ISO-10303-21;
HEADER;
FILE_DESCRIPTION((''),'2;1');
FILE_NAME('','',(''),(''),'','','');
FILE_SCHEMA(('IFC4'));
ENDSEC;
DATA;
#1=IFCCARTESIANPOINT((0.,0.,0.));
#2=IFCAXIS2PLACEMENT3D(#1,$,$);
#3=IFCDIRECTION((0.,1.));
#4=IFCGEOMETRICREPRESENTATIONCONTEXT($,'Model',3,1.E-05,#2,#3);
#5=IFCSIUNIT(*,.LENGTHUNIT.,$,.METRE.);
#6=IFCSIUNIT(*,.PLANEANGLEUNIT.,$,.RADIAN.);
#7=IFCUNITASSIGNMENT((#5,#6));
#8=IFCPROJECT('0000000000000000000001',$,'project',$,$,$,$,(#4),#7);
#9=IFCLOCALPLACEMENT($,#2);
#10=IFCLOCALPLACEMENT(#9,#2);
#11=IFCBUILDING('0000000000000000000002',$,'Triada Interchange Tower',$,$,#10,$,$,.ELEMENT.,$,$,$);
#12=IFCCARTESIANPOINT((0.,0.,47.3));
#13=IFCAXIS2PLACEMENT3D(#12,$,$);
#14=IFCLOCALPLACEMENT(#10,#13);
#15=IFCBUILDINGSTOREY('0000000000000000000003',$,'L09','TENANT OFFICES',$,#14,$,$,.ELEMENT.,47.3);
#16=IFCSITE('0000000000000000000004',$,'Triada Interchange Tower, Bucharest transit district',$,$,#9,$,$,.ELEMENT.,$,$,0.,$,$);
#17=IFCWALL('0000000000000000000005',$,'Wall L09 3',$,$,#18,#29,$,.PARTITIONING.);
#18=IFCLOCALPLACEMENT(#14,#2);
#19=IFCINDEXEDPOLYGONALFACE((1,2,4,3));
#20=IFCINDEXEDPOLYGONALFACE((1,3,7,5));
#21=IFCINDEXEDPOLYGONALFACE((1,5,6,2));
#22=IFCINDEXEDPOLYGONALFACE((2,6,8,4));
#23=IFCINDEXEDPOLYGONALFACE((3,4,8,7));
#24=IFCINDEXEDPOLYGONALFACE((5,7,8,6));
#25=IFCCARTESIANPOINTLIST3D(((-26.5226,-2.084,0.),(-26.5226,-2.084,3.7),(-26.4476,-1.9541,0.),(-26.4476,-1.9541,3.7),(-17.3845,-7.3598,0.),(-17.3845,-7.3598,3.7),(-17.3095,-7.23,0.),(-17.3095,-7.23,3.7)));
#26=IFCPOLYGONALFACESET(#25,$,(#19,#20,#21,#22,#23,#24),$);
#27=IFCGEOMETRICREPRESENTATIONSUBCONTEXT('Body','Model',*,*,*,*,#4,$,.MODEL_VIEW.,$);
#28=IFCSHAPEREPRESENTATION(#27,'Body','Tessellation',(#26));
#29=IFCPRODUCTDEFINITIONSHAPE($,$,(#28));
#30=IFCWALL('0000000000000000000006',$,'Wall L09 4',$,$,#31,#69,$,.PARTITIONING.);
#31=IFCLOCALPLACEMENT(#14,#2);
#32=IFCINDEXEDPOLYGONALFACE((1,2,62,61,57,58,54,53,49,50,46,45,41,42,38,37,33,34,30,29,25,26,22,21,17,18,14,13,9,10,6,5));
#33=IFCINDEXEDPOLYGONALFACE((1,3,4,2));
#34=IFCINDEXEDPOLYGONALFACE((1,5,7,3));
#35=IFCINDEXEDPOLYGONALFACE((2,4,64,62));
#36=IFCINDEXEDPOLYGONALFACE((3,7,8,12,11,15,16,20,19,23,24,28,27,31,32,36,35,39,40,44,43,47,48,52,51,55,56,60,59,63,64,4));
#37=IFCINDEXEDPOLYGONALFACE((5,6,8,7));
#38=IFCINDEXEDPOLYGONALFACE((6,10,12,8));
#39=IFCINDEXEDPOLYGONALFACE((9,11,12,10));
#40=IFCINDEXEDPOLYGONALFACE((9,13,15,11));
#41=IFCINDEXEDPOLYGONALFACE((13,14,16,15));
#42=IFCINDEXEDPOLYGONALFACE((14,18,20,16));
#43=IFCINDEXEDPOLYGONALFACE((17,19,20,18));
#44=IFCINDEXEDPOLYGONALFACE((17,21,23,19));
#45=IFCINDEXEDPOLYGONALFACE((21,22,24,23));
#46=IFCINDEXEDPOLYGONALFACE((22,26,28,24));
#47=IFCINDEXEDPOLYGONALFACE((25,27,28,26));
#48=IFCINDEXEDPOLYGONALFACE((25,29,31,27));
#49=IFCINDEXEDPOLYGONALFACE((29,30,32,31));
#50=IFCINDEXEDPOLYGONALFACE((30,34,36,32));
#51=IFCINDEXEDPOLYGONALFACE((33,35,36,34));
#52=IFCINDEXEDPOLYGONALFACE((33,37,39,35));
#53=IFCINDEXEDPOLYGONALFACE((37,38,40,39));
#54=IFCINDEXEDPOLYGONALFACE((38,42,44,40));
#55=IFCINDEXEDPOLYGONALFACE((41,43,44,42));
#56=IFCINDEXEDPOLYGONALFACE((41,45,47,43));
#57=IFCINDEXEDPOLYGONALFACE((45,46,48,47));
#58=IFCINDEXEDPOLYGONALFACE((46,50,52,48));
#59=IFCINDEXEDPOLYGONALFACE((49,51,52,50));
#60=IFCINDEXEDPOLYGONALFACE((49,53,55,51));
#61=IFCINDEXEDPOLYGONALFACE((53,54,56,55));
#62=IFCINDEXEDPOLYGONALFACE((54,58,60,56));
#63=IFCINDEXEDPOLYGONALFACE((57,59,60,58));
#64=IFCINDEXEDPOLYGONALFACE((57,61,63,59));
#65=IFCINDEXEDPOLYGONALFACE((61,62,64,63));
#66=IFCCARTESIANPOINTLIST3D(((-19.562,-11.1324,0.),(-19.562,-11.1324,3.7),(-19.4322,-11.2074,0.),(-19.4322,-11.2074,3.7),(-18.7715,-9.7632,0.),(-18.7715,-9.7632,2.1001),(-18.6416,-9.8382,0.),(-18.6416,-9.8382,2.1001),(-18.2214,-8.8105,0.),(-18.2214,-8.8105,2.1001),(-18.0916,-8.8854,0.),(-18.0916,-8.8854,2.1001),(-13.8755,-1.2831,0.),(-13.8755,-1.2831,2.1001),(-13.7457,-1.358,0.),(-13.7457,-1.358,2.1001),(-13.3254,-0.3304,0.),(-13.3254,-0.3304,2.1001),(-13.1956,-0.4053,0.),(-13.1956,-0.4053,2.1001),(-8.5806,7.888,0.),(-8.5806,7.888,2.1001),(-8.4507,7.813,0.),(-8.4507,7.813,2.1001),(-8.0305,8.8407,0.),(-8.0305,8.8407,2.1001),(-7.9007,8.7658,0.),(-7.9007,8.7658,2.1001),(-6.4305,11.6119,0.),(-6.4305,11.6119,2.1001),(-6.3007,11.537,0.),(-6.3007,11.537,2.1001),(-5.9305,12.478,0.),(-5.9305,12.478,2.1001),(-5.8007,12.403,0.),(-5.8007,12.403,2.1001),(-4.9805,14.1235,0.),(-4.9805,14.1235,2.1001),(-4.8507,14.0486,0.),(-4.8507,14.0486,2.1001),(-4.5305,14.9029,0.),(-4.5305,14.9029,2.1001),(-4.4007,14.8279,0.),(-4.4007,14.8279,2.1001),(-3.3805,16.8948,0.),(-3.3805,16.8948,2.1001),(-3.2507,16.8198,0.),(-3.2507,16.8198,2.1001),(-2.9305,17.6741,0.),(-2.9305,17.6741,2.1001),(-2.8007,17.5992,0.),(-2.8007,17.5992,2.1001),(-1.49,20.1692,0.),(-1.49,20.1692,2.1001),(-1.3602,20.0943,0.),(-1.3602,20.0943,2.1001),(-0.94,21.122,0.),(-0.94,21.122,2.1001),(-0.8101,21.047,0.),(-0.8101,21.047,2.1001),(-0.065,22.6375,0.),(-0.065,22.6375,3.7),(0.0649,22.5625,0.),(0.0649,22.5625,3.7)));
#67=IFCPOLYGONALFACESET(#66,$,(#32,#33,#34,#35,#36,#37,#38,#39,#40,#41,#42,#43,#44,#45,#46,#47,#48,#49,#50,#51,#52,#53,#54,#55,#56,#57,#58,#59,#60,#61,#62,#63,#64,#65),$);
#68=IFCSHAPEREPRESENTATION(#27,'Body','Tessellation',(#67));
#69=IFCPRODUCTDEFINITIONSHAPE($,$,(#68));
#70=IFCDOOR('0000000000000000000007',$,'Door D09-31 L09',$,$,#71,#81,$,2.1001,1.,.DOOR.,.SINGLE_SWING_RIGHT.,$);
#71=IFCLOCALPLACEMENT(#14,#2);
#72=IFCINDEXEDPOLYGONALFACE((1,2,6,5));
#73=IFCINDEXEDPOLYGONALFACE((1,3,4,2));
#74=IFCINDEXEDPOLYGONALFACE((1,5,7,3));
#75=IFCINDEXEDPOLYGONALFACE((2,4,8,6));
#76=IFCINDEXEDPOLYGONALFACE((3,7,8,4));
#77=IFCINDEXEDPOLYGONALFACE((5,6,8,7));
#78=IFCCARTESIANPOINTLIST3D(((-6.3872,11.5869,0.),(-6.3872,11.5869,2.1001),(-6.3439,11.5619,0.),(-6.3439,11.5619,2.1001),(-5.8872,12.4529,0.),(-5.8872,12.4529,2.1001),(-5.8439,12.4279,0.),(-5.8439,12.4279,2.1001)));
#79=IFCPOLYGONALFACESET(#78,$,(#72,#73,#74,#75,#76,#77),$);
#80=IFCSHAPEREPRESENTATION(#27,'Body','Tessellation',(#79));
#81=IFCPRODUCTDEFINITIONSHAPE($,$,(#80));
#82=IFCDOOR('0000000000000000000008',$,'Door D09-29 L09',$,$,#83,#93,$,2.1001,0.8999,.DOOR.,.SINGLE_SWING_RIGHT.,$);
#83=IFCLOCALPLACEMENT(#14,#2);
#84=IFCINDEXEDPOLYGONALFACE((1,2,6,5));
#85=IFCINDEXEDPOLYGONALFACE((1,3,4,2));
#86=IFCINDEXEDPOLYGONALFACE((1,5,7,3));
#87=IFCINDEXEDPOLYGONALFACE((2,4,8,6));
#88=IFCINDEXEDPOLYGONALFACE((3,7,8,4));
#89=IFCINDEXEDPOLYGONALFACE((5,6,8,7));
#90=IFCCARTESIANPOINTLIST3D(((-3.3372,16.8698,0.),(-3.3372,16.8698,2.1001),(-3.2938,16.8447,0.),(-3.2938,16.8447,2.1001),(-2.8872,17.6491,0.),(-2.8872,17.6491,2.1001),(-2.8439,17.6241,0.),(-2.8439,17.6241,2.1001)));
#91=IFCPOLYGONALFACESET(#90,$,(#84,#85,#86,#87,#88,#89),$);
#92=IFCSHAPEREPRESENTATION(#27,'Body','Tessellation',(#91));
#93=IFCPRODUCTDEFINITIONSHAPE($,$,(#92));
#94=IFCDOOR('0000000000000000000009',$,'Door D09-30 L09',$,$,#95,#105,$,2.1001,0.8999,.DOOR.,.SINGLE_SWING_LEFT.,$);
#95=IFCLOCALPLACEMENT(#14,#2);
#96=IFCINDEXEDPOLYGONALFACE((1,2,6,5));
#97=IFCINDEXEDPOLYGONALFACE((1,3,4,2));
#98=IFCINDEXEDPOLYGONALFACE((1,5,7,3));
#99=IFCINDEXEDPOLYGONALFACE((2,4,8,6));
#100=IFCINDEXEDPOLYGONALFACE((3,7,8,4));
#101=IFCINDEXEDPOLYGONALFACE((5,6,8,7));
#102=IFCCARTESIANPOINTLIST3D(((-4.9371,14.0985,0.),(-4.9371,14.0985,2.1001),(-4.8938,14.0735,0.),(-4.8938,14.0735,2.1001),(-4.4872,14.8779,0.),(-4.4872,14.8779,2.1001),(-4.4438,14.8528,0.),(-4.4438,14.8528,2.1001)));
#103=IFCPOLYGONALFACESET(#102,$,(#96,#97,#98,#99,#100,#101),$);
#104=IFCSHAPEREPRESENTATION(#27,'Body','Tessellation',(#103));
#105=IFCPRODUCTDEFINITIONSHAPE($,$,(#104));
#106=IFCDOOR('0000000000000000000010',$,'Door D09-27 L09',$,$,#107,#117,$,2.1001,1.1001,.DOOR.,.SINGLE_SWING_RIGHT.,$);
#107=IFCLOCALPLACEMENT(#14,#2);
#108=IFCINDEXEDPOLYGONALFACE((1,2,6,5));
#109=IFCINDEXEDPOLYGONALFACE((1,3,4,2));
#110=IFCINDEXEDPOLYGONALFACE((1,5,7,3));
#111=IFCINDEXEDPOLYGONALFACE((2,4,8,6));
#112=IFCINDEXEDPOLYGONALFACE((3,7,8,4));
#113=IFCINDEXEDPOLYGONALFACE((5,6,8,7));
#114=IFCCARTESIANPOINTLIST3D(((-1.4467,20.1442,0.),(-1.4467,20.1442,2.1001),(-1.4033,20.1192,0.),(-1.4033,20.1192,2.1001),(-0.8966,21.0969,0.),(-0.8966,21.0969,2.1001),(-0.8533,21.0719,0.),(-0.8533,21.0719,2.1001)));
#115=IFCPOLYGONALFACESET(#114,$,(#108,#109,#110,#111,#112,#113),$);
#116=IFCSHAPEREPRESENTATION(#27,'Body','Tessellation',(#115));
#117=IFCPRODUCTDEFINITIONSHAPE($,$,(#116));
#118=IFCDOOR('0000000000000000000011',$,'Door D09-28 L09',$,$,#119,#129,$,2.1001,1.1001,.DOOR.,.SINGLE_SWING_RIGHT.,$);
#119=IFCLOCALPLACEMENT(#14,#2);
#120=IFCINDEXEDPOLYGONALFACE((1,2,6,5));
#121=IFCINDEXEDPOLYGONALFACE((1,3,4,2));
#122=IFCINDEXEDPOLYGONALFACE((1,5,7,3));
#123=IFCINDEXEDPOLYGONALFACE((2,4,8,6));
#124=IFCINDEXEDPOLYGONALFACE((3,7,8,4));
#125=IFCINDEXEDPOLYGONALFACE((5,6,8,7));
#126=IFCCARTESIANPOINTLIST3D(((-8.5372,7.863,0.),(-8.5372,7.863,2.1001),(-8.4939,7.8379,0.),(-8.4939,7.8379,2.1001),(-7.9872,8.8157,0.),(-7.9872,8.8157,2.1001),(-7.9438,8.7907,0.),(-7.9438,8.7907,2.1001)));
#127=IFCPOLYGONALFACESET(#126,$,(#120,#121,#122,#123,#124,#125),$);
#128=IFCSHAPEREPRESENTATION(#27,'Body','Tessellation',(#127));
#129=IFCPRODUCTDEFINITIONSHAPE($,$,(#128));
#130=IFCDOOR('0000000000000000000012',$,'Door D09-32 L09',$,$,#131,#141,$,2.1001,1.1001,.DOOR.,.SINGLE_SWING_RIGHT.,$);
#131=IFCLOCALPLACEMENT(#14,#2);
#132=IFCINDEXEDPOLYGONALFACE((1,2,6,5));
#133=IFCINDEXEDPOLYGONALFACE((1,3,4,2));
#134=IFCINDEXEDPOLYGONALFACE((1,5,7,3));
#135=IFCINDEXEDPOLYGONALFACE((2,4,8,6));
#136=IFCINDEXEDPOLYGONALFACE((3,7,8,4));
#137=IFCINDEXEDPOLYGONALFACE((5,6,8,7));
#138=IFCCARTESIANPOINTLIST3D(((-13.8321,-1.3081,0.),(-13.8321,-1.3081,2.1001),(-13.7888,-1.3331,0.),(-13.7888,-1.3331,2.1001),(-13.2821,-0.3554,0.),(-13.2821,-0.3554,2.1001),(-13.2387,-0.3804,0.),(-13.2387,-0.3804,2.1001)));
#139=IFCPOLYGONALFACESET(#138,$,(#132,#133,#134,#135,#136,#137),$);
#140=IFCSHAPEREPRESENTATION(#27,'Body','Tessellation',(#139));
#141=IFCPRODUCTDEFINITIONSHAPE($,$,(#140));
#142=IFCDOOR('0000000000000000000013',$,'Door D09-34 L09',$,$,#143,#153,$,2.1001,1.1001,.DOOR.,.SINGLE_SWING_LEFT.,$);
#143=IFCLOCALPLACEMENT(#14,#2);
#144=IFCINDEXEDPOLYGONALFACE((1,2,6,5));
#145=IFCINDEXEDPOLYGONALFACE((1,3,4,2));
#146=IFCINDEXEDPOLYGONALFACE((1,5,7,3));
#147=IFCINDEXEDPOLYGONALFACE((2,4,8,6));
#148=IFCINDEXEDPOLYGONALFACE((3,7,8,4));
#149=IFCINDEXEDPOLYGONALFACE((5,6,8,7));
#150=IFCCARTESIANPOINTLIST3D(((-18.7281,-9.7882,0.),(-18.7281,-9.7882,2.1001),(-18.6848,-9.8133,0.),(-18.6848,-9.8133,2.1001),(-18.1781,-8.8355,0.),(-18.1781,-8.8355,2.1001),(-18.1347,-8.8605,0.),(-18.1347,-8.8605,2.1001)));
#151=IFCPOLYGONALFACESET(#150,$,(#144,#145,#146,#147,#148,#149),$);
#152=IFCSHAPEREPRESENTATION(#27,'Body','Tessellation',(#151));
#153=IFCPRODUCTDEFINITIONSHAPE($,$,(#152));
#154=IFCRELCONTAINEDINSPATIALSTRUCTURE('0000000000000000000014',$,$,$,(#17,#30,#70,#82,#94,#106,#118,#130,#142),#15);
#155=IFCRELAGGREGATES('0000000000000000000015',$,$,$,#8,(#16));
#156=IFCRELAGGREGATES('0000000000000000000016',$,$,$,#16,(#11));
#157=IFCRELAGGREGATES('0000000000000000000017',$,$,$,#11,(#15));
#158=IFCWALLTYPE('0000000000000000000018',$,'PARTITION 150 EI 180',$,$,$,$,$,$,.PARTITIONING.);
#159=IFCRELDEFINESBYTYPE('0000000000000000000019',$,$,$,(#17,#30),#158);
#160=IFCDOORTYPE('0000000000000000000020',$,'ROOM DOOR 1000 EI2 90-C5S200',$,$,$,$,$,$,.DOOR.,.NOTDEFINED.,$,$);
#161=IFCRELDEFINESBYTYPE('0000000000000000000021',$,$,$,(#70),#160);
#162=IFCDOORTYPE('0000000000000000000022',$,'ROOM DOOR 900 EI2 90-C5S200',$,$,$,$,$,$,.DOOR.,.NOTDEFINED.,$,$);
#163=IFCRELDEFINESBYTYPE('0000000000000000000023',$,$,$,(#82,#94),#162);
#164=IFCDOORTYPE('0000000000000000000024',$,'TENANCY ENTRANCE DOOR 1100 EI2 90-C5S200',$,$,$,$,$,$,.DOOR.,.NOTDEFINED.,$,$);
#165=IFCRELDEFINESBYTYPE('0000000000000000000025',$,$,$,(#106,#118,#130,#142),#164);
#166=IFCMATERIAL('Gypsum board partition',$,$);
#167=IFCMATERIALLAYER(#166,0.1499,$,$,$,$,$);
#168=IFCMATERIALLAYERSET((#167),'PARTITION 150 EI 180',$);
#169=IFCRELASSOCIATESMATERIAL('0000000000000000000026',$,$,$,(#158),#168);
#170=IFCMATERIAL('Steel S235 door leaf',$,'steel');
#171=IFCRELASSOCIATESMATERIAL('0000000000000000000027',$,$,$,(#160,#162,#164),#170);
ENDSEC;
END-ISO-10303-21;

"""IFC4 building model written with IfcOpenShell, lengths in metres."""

from ifc_helpers import new_model, si_unit, direction, frame, frame_2d, origin, place, context, subcontext, project, spatial, rectangle, extrude, material, layer, layer_set, type_object, element, fill, save


model = new_model("IFC4")

# Units and contexts
model_context = context("Model", 3, precision=1e-05, world=origin(), true_north=direction((0.0, 1.0)))
body_context = subcontext(model_context, "Body", "Model", "MODEL_VIEW")
ifc_project = project(units=[si_unit("LENGTHUNIT", "METRE"), si_unit("PLANEANGLEUNIT", "RADIAN")], contexts=[model_context])

# Site, building, storey
site_placement = place(None, origin())
site = spatial("IfcSite", under=ifc_project, at=site_placement, Name="Triada Interchange Tower, Bucharest transit district", CompositionType="ELEMENT", RefElevation=0.0)
building_placement = place(site_placement, origin())
building = spatial("IfcBuilding", under=site, at=building_placement, Name="Triada Interchange Tower", CompositionType="ELEMENT")
storey_placement = place(building_placement, frame((0.0, 0.0, 47.3)))
storey = spatial("IfcBuildingStorey", under=building, at=storey_placement, Name="L09", Description="TENANT OFFICES", CompositionType="ELEMENT", Elevation=47.3)

# Wall
ifc_material_1 = material(Name="Gypsum board partition")
ifc_layer_1 = layer(ifc_material_1, 0.1499)
ifc_layer_set_1 = layer_set([ifc_layer_1], Name="PARTITION 150 EI 180")
wall_type_1 = type_object("IfcWallType", Name="PARTITION 150 EI 180", PredefinedType="PARTITIONING", material=ifc_layer_set_1)
wall_1_placement = place(storey_placement, frame((-26.4851, -2.019, 0.0), z_axis=(0.0, 0.0, 1.0), x_axis=(0.866028, -0.499996, 0.0)))
element("IfcWall", 1, at=wall_1_placement, inside=storey, type_object=wall_type_1, Name="Wall L09 3", PredefinedType="PARTITIONING", context=body_context, shape_type="SweptSolid", body=[
    extrude(rectangle(XDim=10.5518, YDim=0.1499, at=frame_2d((5.2759, 0.0))), origin(), (0.0, 0.0, 1.0), 3.7),
])

# Wall, openings, doors
wall_2_placement = place(storey_placement, frame((-19.4971, -11.1699, 0.0), z_axis=(0.0, 0.0, 1.0), x_axis=(0.499999, 0.866026, 0.0)))
wall_2 = element("IfcWall", 2, at=wall_2_placement, inside=storey, type_object=wall_type_1, Name="Wall L09 4", PredefinedType="PARTITIONING", context=body_context, shape_type="SweptSolid", body=[
    extrude(rectangle(XDim=38.9941, YDim=0.1499, at=frame_2d((19.4971, 0.0))), origin(), (0.0, 0.0, 1.0), 3.7),
])
opening_1_placement = place(wall_2_placement, frame((36.144, 0.0, 0.0)))
opening_1 = element("IfcOpeningElement", 3, at=opening_1_placement, cuts=wall_2, PredefinedType="OPENING", context=body_context, shape_type="SweptSolid", body=[
    extrude(rectangle(XDim=1.1001, YDim=2.1001, at=frame_2d((0.55, 1.05))), frame((0.0, 0.085, 0.0), z_axis=(0.0, -1.0, 0.0), x_axis=(1.0, 0.0, 0.0)), (0.0, 0.0, 1.0), 0.1699),
])
opening_2_placement = place(wall_2_placement, frame((21.9629, 0.0, 0.0)))
opening_2 = element("IfcOpeningElement", 4, at=opening_2_placement, cuts=wall_2, PredefinedType="OPENING", context=body_context, shape_type="SweptSolid", body=[
    extrude(rectangle(XDim=1.1001, YDim=2.1001, at=frame_2d((0.55, 1.05))), frame((0.0, 0.085, 0.0), z_axis=(0.0, -1.0, 0.0), x_axis=(1.0, 0.0, 0.0)), (0.0, 0.0, 1.0), 0.1699),
])
opening_3_placement = place(wall_2_placement, frame((32.363, 0.0, 0.0)))
opening_3 = element("IfcOpeningElement", 5, at=opening_3_placement, cuts=wall_2, PredefinedType="OPENING", context=body_context, shape_type="SweptSolid", body=[
    extrude(rectangle(XDim=0.8999, YDim=2.1001, at=frame_2d((0.45, 1.05))), frame((0.0, 0.085, 0.0), z_axis=(0.0, -1.0, 0.0), x_axis=(1.0, 0.0, 0.0)), (0.0, 0.0, 1.0), 0.1699),
])
opening_4_placement = place(wall_2_placement, frame((29.1631, 0.0, 0.0)))
opening_4 = element("IfcOpeningElement", 6, at=opening_4_placement, cuts=wall_2, PredefinedType="OPENING", context=body_context, shape_type="SweptSolid", body=[
    extrude(rectangle(XDim=0.8999, YDim=2.1001, at=frame_2d((0.45, 1.05))), frame((0.0, 0.085, 0.0), z_axis=(0.0, -1.0, 0.0), x_axis=(1.0, 0.0, 0.0)), (0.0, 0.0, 1.0), 0.1699),
])
opening_5_placement = place(wall_2_placement, frame((26.2629, 0.0, 0.0)))
opening_5 = element("IfcOpeningElement", 7, at=opening_5_placement, cuts=wall_2, PredefinedType="OPENING", context=body_context, shape_type="SweptSolid", body=[
    extrude(rectangle(XDim=1.0, YDim=2.1001, at=frame_2d((0.5, 1.05))), frame((0.0, 0.085, 0.0), z_axis=(0.0, -1.0, 0.0), x_axis=(1.0, 0.0, 0.0)), (0.0, 0.0, 1.0), 0.1699),
])
opening_6_placement = place(wall_2_placement, frame((11.373, 0.0, 0.0)))
opening_6 = element("IfcOpeningElement", 8, at=opening_6_placement, cuts=wall_2, PredefinedType="OPENING", context=body_context, shape_type="SweptSolid", body=[
    extrude(rectangle(XDim=1.1001, YDim=2.1001, at=frame_2d((0.55, 1.05))), frame((0.0, 0.085, 0.0), z_axis=(0.0, -1.0, 0.0), x_axis=(1.0, 0.0, 0.0)), (0.0, 0.0, 1.0), 0.1699),
])
opening_7_placement = place(wall_2_placement, frame((1.5811, 0.0, 0.0)))
opening_7 = element("IfcOpeningElement", 9, at=opening_7_placement, cuts=wall_2, PredefinedType="OPENING", context=body_context, shape_type="SweptSolid", body=[
    extrude(rectangle(XDim=1.1001, YDim=2.1001, at=frame_2d((0.55, 1.05))), frame((0.0, 0.085, 0.0), z_axis=(0.0, -1.0, 0.0), x_axis=(1.0, 0.0, 0.0)), (0.0, 0.0, 1.0), 0.1699),
])
ifc_material_2 = material(Name="Steel S235 door leaf", Category="steel")
door_type_1 = type_object("IfcDoorType", Name="ROOM DOOR 1000 EI2 90-C5S200", OperationType="NOTDEFINED", PredefinedType="DOOR", material=ifc_material_2)
door_1_placement = place(opening_5_placement, origin())
door_1 = element("IfcDoor", 10, at=door_1_placement, inside=storey, type_object=door_type_1, Name="Door D09-31 L09", OperationType="SINGLE_SWING_RIGHT", OverallHeight=2.1001, OverallWidth=1.0, PredefinedType="DOOR", context=body_context, shape_type="SweptSolid", body=[
    extrude(rectangle(XDim=1.0, YDim=2.1001, at=frame_2d((0.5, 1.05))), frame((0.0, 0.0249, 0.0), z_axis=(0.0, -1.0, 0.0), x_axis=(1.0, 0.0, 0.0)), (0.0, 0.0, 1.0), 0.05),
])
fill(opening_5, door_1)
door_type_2 = type_object("IfcDoorType", Name="ROOM DOOR 900 EI2 90-C5S200", OperationType="NOTDEFINED", PredefinedType="DOOR", material=ifc_material_2)
door_2_placement = place(opening_3_placement, origin())
door_2 = element("IfcDoor", 11, at=door_2_placement, inside=storey, type_object=door_type_2, Name="Door D09-29 L09", OperationType="SINGLE_SWING_RIGHT", OverallHeight=2.1001, OverallWidth=0.8999, PredefinedType="DOOR", context=body_context, shape_type="SweptSolid", body=[
    extrude(rectangle(XDim=0.8999, YDim=2.1001, at=frame_2d((0.45, 1.05))), frame((0.0, 0.0249, 0.0), z_axis=(0.0, -1.0, 0.0), x_axis=(1.0, 0.0, 0.0)), (0.0, 0.0, 1.0), 0.05),
])
fill(opening_3, door_2)
door_3_placement = place(opening_4_placement, origin())
door_3 = element("IfcDoor", 12, at=door_3_placement, inside=storey, type_object=door_type_2, Name="Door D09-30 L09", OperationType="SINGLE_SWING_LEFT", OverallHeight=2.1001, OverallWidth=0.8999, PredefinedType="DOOR", context=body_context, shape_type="SweptSolid", body=[
    extrude(rectangle(XDim=0.8999, YDim=2.1001, at=frame_2d((0.45, 1.05))), frame((0.0, 0.0249, 0.0), z_axis=(0.0, -1.0, 0.0), x_axis=(1.0, 0.0, 0.0)), (0.0, 0.0, 1.0), 0.05),
])
fill(opening_4, door_3)
door_type_3 = type_object("IfcDoorType", Name="TENANCY ENTRANCE DOOR 1100 EI2 90-C5S200", OperationType="NOTDEFINED", PredefinedType="DOOR", material=ifc_material_2)
door_4_placement = place(opening_1_placement, origin())
door_4 = element("IfcDoor", 13, at=door_4_placement, inside=storey, type_object=door_type_3, Name="Door D09-27 L09", OperationType="SINGLE_SWING_RIGHT", OverallHeight=2.1001, OverallWidth=1.1001, PredefinedType="DOOR", context=body_context, shape_type="SweptSolid", body=[
    extrude(rectangle(XDim=1.1001, YDim=2.1001, at=frame_2d((0.55, 1.05))), frame((0.0, 0.0249, 0.0), z_axis=(0.0, -1.0, 0.0), x_axis=(1.0, 0.0, 0.0)), (0.0, 0.0, 1.0), 0.05),
])
fill(opening_1, door_4)
door_5_placement = place(opening_2_placement, origin())
door_5 = element("IfcDoor", 14, at=door_5_placement, inside=storey, type_object=door_type_3, Name="Door D09-28 L09", OperationType="SINGLE_SWING_RIGHT", OverallHeight=2.1001, OverallWidth=1.1001, PredefinedType="DOOR", context=body_context, shape_type="SweptSolid", body=[
    extrude(rectangle(XDim=1.1001, YDim=2.1001, at=frame_2d((0.55, 1.05))), frame((0.0, 0.0249, 0.0), z_axis=(0.0, -1.0, 0.0), x_axis=(1.0, 0.0, 0.0)), (0.0, 0.0, 1.0), 0.05),
])
fill(opening_2, door_5)
door_6_placement = place(opening_6_placement, origin())
door_6 = element("IfcDoor", 15, at=door_6_placement, inside=storey, type_object=door_type_3, Name="Door D09-32 L09", OperationType="SINGLE_SWING_RIGHT", OverallHeight=2.1001, OverallWidth=1.1001, PredefinedType="DOOR", context=body_context, shape_type="SweptSolid", body=[
    extrude(rectangle(XDim=1.1001, YDim=2.1001, at=frame_2d((0.55, 1.05))), frame((0.0, 0.0249, 0.0), z_axis=(0.0, -1.0, 0.0), x_axis=(1.0, 0.0, 0.0)), (0.0, 0.0, 1.0), 0.05),
])
fill(opening_6, door_6)
door_7_placement = place(opening_7_placement, origin())
door_7 = element("IfcDoor", 16, at=door_7_placement, inside=storey, type_object=door_type_3, Name="Door D09-34 L09", OperationType="SINGLE_SWING_LEFT", OverallHeight=2.1001, OverallWidth=1.1001, PredefinedType="DOOR", context=body_context, shape_type="SweptSolid", body=[
    extrude(rectangle(XDim=1.1001, YDim=2.1001, at=frame_2d((0.55, 1.05))), frame((0.0, 0.0249, 0.0), z_axis=(0.0, -1.0, 0.0), x_axis=(1.0, 0.0, 0.0)), (0.0, 0.0, 1.0), 0.05),
])
fill(opening_7, door_7)

save(model, "model.ifc")
